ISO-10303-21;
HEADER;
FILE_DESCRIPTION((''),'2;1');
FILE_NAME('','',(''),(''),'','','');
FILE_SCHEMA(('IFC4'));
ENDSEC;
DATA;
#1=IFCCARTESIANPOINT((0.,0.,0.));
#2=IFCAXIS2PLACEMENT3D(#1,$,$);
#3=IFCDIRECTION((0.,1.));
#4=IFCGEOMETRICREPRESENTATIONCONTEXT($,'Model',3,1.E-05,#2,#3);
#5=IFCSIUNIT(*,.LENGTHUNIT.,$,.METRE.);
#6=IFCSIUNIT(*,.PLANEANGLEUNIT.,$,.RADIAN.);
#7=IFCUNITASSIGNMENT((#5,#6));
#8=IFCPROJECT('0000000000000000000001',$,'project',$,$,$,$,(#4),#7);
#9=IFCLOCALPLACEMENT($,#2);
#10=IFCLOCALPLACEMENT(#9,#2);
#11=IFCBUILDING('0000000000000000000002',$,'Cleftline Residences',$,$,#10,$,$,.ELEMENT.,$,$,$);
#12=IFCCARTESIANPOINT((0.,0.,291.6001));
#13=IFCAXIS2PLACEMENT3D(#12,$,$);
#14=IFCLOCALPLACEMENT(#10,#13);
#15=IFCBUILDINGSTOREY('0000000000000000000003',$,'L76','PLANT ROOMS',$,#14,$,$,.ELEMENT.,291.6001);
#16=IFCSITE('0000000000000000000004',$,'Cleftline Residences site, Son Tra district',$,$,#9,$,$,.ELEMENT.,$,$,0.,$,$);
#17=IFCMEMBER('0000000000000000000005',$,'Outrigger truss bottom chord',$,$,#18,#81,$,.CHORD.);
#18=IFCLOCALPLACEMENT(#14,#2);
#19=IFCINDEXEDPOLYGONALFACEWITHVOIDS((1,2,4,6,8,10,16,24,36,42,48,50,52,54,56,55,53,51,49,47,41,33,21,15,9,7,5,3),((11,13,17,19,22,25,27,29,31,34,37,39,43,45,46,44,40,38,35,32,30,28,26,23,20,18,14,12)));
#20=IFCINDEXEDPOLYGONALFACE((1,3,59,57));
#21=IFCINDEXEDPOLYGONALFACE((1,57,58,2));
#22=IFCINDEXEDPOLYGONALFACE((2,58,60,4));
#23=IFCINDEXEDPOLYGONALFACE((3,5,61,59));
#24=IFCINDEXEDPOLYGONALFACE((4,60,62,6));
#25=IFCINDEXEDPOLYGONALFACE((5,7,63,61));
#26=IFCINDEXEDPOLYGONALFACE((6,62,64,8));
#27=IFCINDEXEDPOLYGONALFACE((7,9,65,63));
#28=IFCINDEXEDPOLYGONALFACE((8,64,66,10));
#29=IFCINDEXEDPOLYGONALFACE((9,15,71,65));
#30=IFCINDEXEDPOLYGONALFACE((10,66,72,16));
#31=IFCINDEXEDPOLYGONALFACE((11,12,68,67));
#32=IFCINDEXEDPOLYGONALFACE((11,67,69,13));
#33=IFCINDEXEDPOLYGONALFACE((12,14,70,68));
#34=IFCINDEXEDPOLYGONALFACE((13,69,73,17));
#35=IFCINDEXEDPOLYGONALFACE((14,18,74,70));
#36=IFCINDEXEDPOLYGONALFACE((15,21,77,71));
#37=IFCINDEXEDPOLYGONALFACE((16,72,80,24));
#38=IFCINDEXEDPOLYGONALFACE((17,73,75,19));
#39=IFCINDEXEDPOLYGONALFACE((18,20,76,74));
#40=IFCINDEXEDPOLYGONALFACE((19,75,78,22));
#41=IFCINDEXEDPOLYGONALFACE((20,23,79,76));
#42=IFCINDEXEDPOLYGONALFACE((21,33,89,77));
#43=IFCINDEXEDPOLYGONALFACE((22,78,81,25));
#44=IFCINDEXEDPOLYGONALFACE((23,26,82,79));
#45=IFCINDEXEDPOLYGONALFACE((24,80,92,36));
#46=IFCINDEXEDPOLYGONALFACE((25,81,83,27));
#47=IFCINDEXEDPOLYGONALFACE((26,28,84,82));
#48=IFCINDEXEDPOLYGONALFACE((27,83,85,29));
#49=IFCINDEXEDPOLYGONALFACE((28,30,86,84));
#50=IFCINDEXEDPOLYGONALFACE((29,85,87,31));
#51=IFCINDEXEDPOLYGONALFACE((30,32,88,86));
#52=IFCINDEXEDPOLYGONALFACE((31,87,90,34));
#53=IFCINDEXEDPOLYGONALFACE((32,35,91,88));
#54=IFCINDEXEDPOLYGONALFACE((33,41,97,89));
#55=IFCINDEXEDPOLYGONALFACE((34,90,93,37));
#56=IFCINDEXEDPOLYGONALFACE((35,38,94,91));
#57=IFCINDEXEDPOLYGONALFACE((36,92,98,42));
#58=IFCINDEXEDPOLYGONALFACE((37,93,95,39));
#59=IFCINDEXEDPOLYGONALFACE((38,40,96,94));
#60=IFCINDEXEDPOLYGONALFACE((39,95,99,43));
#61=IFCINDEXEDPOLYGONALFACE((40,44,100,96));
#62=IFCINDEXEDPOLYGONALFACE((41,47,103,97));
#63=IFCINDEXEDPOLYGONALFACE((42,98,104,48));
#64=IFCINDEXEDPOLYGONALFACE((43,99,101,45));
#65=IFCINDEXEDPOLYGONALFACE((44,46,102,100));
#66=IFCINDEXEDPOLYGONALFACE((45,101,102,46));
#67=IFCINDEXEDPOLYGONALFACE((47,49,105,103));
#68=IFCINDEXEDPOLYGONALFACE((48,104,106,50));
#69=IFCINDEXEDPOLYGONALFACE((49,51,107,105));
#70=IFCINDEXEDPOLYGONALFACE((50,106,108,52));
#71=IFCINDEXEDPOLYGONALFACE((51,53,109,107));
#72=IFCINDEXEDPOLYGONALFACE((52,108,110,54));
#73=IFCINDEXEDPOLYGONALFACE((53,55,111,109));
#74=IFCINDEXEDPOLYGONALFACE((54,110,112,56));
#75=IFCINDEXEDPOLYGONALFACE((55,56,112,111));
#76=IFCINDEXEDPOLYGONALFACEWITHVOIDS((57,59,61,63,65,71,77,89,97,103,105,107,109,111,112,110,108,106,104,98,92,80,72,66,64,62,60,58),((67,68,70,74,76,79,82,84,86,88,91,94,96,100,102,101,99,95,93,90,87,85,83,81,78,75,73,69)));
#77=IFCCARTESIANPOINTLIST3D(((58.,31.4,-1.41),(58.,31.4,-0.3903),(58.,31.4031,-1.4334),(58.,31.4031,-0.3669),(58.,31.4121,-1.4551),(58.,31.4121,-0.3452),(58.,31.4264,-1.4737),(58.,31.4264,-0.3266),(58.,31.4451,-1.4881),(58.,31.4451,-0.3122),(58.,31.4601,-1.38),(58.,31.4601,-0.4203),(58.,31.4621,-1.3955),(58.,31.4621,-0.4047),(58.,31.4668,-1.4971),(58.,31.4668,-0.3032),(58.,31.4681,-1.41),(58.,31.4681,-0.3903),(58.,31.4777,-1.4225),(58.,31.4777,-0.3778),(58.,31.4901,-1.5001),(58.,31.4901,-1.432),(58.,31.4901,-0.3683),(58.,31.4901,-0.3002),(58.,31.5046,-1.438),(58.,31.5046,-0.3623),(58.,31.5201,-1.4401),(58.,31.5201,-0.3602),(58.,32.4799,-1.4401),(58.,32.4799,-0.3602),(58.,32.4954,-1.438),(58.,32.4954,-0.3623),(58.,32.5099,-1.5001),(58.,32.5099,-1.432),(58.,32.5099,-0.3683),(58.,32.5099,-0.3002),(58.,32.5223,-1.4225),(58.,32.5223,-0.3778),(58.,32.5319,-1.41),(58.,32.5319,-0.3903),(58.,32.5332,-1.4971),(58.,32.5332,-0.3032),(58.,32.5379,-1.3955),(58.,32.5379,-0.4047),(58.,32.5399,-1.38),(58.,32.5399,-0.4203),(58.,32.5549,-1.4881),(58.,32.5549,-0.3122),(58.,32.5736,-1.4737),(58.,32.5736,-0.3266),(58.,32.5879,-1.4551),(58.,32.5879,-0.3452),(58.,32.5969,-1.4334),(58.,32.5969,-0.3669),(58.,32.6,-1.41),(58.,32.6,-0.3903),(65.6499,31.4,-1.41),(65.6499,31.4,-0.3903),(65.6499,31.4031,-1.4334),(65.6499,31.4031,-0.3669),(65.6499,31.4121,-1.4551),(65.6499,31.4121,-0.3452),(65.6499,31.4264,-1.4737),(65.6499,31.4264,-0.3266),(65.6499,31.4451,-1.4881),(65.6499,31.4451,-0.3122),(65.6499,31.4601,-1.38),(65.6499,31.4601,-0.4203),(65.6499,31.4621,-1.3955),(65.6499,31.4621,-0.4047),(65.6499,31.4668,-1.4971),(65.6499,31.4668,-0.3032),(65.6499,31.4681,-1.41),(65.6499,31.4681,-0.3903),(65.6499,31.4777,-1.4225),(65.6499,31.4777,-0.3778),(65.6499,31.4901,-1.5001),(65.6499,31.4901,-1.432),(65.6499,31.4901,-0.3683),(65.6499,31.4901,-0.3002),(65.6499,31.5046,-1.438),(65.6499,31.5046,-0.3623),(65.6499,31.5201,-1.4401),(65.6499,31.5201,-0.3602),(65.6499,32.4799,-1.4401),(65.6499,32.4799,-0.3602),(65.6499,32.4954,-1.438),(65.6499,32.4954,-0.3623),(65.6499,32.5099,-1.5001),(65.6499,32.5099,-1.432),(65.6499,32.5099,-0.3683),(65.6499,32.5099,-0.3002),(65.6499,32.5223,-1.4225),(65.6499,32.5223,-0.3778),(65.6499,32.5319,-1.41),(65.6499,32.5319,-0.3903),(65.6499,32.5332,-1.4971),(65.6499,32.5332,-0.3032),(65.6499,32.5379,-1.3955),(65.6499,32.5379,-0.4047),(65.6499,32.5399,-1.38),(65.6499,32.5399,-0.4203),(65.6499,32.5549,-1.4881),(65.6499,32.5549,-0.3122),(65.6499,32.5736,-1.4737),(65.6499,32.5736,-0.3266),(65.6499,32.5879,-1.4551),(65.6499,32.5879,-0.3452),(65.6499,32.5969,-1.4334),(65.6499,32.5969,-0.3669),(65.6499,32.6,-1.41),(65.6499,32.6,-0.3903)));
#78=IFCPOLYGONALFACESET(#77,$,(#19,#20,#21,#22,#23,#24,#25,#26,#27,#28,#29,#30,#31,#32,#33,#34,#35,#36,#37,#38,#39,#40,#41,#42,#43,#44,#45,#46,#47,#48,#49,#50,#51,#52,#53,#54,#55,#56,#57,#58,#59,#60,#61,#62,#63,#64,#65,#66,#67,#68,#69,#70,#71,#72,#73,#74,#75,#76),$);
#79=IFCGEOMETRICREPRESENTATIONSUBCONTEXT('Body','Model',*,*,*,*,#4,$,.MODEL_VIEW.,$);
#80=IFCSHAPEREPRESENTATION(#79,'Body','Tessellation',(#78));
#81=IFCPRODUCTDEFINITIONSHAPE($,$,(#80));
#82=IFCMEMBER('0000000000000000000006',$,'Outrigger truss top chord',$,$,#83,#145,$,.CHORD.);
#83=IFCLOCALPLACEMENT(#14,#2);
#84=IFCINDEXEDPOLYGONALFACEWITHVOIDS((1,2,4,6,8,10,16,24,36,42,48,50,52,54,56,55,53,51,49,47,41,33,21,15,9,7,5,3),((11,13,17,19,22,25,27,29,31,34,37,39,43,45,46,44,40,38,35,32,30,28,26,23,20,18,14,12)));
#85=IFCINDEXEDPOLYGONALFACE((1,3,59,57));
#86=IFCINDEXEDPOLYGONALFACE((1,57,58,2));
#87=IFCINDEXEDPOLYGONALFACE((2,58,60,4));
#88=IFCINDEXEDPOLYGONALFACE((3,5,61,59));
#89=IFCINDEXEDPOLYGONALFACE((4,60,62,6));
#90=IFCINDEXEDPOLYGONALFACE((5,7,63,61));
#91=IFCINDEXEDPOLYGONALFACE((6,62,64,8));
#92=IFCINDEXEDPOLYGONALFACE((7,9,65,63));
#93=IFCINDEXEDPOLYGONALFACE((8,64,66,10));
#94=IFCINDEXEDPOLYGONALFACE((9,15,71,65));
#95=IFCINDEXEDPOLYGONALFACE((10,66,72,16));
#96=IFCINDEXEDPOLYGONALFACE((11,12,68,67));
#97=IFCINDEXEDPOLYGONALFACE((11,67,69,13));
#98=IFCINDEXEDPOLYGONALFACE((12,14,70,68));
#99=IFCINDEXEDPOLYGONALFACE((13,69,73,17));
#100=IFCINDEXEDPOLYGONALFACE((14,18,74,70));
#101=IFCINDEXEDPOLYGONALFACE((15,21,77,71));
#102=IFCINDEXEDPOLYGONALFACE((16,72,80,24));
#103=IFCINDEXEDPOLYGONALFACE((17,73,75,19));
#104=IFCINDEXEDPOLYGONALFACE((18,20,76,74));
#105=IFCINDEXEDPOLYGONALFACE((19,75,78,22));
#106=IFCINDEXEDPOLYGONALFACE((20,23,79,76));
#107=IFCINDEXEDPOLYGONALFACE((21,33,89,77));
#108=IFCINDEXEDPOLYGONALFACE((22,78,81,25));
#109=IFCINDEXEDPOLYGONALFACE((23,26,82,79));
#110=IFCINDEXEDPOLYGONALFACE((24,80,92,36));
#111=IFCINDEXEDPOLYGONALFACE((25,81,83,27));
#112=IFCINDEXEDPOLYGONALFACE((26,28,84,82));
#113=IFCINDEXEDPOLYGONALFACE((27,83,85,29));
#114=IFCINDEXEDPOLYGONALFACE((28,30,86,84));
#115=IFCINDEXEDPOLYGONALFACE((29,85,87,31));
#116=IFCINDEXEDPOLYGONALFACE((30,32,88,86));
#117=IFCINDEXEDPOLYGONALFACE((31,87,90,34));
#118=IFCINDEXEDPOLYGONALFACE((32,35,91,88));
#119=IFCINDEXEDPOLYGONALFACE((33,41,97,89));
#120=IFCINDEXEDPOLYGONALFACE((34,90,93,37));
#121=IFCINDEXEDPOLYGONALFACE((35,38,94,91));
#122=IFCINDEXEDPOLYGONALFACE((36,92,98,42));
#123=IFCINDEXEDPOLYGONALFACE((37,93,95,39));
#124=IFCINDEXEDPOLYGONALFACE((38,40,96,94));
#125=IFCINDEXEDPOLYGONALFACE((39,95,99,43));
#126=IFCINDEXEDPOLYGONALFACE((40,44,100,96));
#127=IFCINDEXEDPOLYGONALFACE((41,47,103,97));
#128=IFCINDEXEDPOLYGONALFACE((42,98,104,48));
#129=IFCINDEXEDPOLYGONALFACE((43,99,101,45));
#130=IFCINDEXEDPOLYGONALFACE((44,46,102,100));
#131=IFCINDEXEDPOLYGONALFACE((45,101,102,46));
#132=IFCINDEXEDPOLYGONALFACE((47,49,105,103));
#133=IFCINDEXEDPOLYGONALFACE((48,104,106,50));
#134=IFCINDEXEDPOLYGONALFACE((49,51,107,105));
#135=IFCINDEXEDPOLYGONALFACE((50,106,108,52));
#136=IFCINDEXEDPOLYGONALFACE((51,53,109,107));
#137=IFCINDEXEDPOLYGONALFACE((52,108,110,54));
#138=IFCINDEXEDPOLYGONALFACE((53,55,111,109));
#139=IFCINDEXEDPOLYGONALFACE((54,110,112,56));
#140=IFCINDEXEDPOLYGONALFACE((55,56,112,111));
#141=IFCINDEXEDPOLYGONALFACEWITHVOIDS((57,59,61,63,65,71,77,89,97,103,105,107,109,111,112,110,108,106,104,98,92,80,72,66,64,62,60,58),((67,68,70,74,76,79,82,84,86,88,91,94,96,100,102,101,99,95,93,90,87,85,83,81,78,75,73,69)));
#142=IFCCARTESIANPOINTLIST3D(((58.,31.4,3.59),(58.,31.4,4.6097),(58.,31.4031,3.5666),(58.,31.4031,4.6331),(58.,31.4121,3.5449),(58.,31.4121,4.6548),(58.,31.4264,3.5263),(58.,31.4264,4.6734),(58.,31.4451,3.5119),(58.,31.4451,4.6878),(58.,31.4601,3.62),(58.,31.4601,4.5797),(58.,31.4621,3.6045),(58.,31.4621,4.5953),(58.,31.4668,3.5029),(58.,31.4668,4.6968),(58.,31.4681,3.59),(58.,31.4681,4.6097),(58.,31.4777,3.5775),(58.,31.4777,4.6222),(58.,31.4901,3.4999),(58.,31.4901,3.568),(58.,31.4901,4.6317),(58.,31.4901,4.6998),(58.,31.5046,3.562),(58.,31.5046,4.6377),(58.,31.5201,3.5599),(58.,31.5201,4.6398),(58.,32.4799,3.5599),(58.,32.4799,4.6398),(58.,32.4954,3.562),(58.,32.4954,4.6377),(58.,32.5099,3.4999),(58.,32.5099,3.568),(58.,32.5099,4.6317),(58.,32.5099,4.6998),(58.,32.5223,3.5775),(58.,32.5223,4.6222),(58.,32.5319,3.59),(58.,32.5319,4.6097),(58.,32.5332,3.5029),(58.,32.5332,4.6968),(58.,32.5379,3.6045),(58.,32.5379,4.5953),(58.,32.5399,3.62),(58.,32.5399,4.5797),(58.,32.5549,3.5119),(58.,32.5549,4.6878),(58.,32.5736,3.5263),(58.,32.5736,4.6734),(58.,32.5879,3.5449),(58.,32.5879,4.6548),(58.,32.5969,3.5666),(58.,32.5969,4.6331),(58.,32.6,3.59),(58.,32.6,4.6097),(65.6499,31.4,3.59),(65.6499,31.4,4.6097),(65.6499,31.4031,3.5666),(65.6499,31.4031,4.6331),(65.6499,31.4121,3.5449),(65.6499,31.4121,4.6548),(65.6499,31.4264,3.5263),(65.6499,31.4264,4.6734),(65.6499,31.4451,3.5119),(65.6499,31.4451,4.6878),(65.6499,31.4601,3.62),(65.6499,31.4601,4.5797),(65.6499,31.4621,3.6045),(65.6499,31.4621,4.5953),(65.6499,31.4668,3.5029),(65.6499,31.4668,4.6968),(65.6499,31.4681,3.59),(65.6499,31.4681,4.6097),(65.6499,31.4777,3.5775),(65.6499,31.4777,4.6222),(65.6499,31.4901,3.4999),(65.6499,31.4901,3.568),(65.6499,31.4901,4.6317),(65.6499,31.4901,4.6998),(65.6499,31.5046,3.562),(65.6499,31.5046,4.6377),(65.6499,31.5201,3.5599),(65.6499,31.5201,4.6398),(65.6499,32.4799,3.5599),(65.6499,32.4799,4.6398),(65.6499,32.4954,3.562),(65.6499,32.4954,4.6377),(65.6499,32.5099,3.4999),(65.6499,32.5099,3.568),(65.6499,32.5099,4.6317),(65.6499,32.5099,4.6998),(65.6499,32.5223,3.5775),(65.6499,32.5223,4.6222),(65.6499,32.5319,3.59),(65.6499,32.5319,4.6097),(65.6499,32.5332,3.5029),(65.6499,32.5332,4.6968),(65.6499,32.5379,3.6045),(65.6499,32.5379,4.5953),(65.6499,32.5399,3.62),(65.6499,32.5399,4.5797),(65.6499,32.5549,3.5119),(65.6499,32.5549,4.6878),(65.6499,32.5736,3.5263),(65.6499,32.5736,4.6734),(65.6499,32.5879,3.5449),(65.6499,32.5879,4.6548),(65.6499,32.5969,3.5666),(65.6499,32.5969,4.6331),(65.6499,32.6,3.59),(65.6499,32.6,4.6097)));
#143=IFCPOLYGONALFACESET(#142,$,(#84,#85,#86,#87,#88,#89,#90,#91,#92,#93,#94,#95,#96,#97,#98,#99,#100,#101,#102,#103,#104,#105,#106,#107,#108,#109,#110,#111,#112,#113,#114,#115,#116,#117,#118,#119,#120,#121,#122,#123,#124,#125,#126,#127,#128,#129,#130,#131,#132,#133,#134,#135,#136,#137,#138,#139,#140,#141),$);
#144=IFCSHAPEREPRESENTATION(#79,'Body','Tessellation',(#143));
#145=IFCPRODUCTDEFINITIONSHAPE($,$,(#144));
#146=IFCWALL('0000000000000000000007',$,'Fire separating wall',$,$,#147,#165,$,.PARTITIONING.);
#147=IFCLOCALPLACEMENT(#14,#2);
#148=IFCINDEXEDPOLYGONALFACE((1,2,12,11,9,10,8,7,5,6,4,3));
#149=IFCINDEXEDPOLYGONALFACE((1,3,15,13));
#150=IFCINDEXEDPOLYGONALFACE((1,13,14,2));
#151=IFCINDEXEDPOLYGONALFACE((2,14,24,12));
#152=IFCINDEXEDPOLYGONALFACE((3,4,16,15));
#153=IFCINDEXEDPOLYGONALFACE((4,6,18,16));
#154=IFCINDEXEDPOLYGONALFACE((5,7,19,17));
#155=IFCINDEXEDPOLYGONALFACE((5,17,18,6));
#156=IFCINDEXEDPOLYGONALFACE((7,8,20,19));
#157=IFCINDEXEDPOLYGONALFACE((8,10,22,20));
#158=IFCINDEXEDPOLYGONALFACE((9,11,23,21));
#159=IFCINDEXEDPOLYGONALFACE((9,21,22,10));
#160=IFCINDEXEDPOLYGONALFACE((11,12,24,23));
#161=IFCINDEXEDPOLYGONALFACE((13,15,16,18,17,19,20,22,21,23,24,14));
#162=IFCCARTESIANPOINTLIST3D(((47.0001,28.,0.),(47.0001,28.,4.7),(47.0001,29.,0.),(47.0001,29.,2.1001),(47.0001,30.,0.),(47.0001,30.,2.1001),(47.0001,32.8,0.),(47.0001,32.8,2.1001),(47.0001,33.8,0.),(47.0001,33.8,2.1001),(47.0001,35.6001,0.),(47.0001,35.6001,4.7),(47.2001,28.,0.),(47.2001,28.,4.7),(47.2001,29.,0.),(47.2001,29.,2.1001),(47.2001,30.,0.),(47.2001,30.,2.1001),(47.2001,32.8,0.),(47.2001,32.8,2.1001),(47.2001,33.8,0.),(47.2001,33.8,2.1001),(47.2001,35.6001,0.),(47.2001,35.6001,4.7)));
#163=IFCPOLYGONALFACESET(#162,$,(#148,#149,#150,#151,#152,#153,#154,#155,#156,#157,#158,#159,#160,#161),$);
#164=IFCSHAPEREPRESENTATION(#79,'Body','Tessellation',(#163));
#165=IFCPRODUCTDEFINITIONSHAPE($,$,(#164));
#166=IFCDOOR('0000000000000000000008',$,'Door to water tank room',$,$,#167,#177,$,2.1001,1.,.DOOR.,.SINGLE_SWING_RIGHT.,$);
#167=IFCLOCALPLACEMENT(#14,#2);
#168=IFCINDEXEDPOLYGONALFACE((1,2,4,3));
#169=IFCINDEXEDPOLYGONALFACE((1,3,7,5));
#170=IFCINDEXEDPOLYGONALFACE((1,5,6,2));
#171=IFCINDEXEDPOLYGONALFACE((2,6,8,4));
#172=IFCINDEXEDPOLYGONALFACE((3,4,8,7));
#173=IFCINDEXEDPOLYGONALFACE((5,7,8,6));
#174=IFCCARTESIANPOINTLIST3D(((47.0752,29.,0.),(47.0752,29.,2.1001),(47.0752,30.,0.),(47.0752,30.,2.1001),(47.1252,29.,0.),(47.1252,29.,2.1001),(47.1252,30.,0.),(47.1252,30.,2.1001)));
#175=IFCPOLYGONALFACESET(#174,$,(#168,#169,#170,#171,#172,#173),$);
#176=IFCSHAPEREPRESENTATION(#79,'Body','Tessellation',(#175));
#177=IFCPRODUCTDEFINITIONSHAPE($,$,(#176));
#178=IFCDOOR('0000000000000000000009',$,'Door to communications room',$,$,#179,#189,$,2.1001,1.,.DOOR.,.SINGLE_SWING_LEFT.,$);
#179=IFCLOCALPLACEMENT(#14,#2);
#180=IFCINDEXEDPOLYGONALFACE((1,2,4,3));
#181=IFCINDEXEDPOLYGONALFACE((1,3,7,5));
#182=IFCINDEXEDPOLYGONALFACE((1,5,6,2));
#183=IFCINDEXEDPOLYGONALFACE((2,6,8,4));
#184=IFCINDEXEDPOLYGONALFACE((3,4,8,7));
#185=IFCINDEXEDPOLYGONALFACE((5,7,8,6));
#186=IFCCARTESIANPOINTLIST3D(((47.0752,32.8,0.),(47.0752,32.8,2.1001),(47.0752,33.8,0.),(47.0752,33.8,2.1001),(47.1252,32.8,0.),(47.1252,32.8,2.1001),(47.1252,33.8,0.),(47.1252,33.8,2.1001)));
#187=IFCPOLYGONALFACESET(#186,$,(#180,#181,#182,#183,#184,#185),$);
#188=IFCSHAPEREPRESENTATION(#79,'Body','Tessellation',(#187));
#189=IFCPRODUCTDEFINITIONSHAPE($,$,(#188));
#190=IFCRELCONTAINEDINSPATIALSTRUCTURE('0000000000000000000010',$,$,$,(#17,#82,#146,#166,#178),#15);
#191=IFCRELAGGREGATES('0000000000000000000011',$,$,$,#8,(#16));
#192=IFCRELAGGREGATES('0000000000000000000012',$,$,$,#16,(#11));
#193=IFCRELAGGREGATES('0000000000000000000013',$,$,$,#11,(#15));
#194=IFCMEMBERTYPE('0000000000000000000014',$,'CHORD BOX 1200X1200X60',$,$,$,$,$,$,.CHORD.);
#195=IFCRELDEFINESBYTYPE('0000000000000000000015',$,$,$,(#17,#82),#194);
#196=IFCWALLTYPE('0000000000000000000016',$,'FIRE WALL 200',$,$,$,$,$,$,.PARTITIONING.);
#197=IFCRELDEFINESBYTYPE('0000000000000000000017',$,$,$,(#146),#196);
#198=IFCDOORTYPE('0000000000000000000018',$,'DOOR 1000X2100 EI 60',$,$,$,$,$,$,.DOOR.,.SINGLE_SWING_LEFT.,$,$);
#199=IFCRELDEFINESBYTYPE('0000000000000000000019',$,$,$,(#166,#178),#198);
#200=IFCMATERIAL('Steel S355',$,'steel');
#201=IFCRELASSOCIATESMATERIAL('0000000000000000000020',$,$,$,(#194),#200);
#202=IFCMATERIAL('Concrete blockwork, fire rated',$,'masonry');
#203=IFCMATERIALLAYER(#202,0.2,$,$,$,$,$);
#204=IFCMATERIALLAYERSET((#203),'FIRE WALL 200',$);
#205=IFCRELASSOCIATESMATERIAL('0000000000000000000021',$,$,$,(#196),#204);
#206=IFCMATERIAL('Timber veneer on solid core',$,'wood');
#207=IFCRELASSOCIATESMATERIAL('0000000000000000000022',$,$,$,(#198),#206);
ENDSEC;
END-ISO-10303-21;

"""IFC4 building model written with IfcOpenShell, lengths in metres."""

from ifc_helpers import new_model, si_unit, direction, frame, frame_2d, origin, origin_2d, place, context, subcontext, project, spatial, rectangle, hollow_rectangle, extrude, material, layer, layer_set, material_profile, profile_set, type_object, element, fill, save


model = new_model("IFC4")

# Units and contexts
model_context = context("Model", 3, precision=1e-05, world=origin(), true_north=direction((0.0, 1.0)))
body_context = subcontext(model_context, "Body", "Model", "MODEL_VIEW")
ifc_project = project(units=[si_unit("LENGTHUNIT", "METRE"), si_unit("PLANEANGLEUNIT", "RADIAN")], contexts=[model_context])

# Site, building, storey
site_placement = place(None, origin())
site = spatial("IfcSite", under=ifc_project, at=site_placement, Name="Cleftline Residences site, Son Tra district", CompositionType="ELEMENT", RefElevation=0.0)
building_placement = place(site_placement, origin())
building = spatial("IfcBuilding", under=site, at=building_placement, Name="Cleftline Residences", CompositionType="ELEMENT")
storey_placement = place(building_placement, frame((0.0, 0.0, 291.6001)))
storey = spatial("IfcBuildingStorey", under=building, at=storey_placement, Name="L76", Description="PLANT ROOMS", CompositionType="ELEMENT", Elevation=291.6001)

# Members
ifc_material_1 = material(Name="Steel S355", Category="steel")
ifc_material_profile_1 = material_profile(ifc_material_1, hollow_rectangle(XDim=1.2, YDim=1.2, WallThickness=0.0601, InnerFilletRadius=0.0601, OuterFilletRadius=0.0901, at=origin_2d()))
ifc_profile_set_1 = profile_set([ifc_material_profile_1], Name="Steel S355")
member_type_1 = type_object("IfcMemberType", Name="CHORD BOX 1200X1200X60", PredefinedType="CHORD", material=ifc_profile_set_1)
for number, where, z_axis, x_axis, name in (
    (1, (58.0, 32.0, -0.9001), (1.0, 0.0, 0.0), (0.0, 1.0, 0.0), "Outrigger truss bottom chord"),
    (2, (58.0, 32.0, 4.0999), (1.0, 0.0, 0.0), (0.0, 1.0, 0.0), "Outrigger truss top chord"),
):
    element("IfcMember", number, at=place(storey_placement, frame(where, z_axis=z_axis, x_axis=x_axis)), inside=storey, type_object=member_type_1, Name=name, PredefinedType="CHORD", context=body_context, shape_type="SweptSolid", body=[
        extrude(hollow_rectangle(XDim=1.2, YDim=1.2, WallThickness=0.0601, InnerFilletRadius=0.0601, OuterFilletRadius=0.0901, at=origin_2d()), origin(), (0.0, 0.0, 1.0), 7.6499),
    ])

# Wall, openings, doors
ifc_material_2 = material(Name="Concrete blockwork, fire rated", Category="masonry")
ifc_layer_1 = layer(ifc_material_2, 0.2)
ifc_layer_set_1 = layer_set([ifc_layer_1], Name="FIRE WALL 200")
wall_type_1 = type_object("IfcWallType", Name="FIRE WALL 200", PredefinedType="PARTITIONING", material=ifc_layer_set_1)
wall_1_placement = place(storey_placement, frame((47.1001, 28.0, 0.0), z_axis=(0.0, 0.0, 1.0), x_axis=(0.0, 1.0, 0.0)))
wall_1 = element("IfcWall", 3, at=wall_1_placement, inside=storey, type_object=wall_type_1, Name="Fire separating wall", PredefinedType="PARTITIONING", context=body_context, shape_type="SweptSolid", body=[
    extrude(rectangle(XDim=7.6001, YDim=0.2, at=frame_2d((3.8, 0.0))), origin(), (0.0, 0.0, 1.0), 4.7),
])
opening_1_placement = place(wall_1_placement, frame((1.0, 0.0, 0.0)))
opening_1 = element("IfcOpeningElement", 4, at=opening_1_placement, cuts=wall_1, PredefinedType="OPENING", context=body_context, shape_type="SweptSolid", body=[
    extrude(rectangle(XDim=1.0, YDim=2.1001, at=frame_2d((0.5, 1.05))), frame((0.0, 0.1099, 0.0), z_axis=(0.0, -1.0, 0.0), x_axis=(1.0, 0.0, 0.0)), (0.0, 0.0, 1.0), 0.22),
])
opening_2_placement = place(wall_1_placement, frame((4.8, 0.0, 0.0)))
opening_2 = element("IfcOpeningElement", 5, at=opening_2_placement, cuts=wall_1, PredefinedType="OPENING", context=body_context, shape_type="SweptSolid", body=[
    extrude(rectangle(XDim=1.0, YDim=2.1001, at=frame_2d((0.5, 1.05))), frame((0.0, 0.1099, 0.0), z_axis=(0.0, -1.0, 0.0), x_axis=(1.0, 0.0, 0.0)), (0.0, 0.0, 1.0), 0.22),
])
ifc_material_3 = material(Name="Timber veneer on solid core", Category="wood")
door_type = type_object("IfcDoorType", Name="DOOR 1000X2100 EI 60", OperationType="SINGLE_SWING_LEFT", PredefinedType="DOOR", material=ifc_material_3)
door_1_placement = place(opening_1_placement, origin())
door_1 = element("IfcDoor", 6, at=door_1_placement, inside=storey, type_object=door_type, Name="Door to water tank room", OperationType="SINGLE_SWING_RIGHT", OverallHeight=2.1001, OverallWidth=1.0, PredefinedType="DOOR", context=body_context, shape_type="SweptSolid", body=[
    extrude(rectangle(XDim=1.0, YDim=2.1001, at=frame_2d((0.5, 1.05))), frame((0.0, 0.0249, 0.0), z_axis=(0.0, -1.0, 0.0), x_axis=(1.0, 0.0, 0.0)), (0.0, 0.0, 1.0), 0.05),
])
fill(opening_1, door_1)
door_2_placement = place(opening_2_placement, origin())
door_2 = element("IfcDoor", 7, at=door_2_placement, inside=storey, type_object=door_type, Name="Door to communications room", OperationType="SINGLE_SWING_LEFT", OverallHeight=2.1001, OverallWidth=1.0, PredefinedType="DOOR", context=body_context, shape_type="SweptSolid", body=[
    extrude(rectangle(XDim=1.0, YDim=2.1001, at=frame_2d((0.5, 1.05))), frame((0.0, 0.0249, 0.0), z_axis=(0.0, -1.0, 0.0), x_axis=(1.0, 0.0, 0.0)), (0.0, 0.0, 1.0), 0.05),
])
fill(opening_2, door_2)

save(model, "model.ifc")
